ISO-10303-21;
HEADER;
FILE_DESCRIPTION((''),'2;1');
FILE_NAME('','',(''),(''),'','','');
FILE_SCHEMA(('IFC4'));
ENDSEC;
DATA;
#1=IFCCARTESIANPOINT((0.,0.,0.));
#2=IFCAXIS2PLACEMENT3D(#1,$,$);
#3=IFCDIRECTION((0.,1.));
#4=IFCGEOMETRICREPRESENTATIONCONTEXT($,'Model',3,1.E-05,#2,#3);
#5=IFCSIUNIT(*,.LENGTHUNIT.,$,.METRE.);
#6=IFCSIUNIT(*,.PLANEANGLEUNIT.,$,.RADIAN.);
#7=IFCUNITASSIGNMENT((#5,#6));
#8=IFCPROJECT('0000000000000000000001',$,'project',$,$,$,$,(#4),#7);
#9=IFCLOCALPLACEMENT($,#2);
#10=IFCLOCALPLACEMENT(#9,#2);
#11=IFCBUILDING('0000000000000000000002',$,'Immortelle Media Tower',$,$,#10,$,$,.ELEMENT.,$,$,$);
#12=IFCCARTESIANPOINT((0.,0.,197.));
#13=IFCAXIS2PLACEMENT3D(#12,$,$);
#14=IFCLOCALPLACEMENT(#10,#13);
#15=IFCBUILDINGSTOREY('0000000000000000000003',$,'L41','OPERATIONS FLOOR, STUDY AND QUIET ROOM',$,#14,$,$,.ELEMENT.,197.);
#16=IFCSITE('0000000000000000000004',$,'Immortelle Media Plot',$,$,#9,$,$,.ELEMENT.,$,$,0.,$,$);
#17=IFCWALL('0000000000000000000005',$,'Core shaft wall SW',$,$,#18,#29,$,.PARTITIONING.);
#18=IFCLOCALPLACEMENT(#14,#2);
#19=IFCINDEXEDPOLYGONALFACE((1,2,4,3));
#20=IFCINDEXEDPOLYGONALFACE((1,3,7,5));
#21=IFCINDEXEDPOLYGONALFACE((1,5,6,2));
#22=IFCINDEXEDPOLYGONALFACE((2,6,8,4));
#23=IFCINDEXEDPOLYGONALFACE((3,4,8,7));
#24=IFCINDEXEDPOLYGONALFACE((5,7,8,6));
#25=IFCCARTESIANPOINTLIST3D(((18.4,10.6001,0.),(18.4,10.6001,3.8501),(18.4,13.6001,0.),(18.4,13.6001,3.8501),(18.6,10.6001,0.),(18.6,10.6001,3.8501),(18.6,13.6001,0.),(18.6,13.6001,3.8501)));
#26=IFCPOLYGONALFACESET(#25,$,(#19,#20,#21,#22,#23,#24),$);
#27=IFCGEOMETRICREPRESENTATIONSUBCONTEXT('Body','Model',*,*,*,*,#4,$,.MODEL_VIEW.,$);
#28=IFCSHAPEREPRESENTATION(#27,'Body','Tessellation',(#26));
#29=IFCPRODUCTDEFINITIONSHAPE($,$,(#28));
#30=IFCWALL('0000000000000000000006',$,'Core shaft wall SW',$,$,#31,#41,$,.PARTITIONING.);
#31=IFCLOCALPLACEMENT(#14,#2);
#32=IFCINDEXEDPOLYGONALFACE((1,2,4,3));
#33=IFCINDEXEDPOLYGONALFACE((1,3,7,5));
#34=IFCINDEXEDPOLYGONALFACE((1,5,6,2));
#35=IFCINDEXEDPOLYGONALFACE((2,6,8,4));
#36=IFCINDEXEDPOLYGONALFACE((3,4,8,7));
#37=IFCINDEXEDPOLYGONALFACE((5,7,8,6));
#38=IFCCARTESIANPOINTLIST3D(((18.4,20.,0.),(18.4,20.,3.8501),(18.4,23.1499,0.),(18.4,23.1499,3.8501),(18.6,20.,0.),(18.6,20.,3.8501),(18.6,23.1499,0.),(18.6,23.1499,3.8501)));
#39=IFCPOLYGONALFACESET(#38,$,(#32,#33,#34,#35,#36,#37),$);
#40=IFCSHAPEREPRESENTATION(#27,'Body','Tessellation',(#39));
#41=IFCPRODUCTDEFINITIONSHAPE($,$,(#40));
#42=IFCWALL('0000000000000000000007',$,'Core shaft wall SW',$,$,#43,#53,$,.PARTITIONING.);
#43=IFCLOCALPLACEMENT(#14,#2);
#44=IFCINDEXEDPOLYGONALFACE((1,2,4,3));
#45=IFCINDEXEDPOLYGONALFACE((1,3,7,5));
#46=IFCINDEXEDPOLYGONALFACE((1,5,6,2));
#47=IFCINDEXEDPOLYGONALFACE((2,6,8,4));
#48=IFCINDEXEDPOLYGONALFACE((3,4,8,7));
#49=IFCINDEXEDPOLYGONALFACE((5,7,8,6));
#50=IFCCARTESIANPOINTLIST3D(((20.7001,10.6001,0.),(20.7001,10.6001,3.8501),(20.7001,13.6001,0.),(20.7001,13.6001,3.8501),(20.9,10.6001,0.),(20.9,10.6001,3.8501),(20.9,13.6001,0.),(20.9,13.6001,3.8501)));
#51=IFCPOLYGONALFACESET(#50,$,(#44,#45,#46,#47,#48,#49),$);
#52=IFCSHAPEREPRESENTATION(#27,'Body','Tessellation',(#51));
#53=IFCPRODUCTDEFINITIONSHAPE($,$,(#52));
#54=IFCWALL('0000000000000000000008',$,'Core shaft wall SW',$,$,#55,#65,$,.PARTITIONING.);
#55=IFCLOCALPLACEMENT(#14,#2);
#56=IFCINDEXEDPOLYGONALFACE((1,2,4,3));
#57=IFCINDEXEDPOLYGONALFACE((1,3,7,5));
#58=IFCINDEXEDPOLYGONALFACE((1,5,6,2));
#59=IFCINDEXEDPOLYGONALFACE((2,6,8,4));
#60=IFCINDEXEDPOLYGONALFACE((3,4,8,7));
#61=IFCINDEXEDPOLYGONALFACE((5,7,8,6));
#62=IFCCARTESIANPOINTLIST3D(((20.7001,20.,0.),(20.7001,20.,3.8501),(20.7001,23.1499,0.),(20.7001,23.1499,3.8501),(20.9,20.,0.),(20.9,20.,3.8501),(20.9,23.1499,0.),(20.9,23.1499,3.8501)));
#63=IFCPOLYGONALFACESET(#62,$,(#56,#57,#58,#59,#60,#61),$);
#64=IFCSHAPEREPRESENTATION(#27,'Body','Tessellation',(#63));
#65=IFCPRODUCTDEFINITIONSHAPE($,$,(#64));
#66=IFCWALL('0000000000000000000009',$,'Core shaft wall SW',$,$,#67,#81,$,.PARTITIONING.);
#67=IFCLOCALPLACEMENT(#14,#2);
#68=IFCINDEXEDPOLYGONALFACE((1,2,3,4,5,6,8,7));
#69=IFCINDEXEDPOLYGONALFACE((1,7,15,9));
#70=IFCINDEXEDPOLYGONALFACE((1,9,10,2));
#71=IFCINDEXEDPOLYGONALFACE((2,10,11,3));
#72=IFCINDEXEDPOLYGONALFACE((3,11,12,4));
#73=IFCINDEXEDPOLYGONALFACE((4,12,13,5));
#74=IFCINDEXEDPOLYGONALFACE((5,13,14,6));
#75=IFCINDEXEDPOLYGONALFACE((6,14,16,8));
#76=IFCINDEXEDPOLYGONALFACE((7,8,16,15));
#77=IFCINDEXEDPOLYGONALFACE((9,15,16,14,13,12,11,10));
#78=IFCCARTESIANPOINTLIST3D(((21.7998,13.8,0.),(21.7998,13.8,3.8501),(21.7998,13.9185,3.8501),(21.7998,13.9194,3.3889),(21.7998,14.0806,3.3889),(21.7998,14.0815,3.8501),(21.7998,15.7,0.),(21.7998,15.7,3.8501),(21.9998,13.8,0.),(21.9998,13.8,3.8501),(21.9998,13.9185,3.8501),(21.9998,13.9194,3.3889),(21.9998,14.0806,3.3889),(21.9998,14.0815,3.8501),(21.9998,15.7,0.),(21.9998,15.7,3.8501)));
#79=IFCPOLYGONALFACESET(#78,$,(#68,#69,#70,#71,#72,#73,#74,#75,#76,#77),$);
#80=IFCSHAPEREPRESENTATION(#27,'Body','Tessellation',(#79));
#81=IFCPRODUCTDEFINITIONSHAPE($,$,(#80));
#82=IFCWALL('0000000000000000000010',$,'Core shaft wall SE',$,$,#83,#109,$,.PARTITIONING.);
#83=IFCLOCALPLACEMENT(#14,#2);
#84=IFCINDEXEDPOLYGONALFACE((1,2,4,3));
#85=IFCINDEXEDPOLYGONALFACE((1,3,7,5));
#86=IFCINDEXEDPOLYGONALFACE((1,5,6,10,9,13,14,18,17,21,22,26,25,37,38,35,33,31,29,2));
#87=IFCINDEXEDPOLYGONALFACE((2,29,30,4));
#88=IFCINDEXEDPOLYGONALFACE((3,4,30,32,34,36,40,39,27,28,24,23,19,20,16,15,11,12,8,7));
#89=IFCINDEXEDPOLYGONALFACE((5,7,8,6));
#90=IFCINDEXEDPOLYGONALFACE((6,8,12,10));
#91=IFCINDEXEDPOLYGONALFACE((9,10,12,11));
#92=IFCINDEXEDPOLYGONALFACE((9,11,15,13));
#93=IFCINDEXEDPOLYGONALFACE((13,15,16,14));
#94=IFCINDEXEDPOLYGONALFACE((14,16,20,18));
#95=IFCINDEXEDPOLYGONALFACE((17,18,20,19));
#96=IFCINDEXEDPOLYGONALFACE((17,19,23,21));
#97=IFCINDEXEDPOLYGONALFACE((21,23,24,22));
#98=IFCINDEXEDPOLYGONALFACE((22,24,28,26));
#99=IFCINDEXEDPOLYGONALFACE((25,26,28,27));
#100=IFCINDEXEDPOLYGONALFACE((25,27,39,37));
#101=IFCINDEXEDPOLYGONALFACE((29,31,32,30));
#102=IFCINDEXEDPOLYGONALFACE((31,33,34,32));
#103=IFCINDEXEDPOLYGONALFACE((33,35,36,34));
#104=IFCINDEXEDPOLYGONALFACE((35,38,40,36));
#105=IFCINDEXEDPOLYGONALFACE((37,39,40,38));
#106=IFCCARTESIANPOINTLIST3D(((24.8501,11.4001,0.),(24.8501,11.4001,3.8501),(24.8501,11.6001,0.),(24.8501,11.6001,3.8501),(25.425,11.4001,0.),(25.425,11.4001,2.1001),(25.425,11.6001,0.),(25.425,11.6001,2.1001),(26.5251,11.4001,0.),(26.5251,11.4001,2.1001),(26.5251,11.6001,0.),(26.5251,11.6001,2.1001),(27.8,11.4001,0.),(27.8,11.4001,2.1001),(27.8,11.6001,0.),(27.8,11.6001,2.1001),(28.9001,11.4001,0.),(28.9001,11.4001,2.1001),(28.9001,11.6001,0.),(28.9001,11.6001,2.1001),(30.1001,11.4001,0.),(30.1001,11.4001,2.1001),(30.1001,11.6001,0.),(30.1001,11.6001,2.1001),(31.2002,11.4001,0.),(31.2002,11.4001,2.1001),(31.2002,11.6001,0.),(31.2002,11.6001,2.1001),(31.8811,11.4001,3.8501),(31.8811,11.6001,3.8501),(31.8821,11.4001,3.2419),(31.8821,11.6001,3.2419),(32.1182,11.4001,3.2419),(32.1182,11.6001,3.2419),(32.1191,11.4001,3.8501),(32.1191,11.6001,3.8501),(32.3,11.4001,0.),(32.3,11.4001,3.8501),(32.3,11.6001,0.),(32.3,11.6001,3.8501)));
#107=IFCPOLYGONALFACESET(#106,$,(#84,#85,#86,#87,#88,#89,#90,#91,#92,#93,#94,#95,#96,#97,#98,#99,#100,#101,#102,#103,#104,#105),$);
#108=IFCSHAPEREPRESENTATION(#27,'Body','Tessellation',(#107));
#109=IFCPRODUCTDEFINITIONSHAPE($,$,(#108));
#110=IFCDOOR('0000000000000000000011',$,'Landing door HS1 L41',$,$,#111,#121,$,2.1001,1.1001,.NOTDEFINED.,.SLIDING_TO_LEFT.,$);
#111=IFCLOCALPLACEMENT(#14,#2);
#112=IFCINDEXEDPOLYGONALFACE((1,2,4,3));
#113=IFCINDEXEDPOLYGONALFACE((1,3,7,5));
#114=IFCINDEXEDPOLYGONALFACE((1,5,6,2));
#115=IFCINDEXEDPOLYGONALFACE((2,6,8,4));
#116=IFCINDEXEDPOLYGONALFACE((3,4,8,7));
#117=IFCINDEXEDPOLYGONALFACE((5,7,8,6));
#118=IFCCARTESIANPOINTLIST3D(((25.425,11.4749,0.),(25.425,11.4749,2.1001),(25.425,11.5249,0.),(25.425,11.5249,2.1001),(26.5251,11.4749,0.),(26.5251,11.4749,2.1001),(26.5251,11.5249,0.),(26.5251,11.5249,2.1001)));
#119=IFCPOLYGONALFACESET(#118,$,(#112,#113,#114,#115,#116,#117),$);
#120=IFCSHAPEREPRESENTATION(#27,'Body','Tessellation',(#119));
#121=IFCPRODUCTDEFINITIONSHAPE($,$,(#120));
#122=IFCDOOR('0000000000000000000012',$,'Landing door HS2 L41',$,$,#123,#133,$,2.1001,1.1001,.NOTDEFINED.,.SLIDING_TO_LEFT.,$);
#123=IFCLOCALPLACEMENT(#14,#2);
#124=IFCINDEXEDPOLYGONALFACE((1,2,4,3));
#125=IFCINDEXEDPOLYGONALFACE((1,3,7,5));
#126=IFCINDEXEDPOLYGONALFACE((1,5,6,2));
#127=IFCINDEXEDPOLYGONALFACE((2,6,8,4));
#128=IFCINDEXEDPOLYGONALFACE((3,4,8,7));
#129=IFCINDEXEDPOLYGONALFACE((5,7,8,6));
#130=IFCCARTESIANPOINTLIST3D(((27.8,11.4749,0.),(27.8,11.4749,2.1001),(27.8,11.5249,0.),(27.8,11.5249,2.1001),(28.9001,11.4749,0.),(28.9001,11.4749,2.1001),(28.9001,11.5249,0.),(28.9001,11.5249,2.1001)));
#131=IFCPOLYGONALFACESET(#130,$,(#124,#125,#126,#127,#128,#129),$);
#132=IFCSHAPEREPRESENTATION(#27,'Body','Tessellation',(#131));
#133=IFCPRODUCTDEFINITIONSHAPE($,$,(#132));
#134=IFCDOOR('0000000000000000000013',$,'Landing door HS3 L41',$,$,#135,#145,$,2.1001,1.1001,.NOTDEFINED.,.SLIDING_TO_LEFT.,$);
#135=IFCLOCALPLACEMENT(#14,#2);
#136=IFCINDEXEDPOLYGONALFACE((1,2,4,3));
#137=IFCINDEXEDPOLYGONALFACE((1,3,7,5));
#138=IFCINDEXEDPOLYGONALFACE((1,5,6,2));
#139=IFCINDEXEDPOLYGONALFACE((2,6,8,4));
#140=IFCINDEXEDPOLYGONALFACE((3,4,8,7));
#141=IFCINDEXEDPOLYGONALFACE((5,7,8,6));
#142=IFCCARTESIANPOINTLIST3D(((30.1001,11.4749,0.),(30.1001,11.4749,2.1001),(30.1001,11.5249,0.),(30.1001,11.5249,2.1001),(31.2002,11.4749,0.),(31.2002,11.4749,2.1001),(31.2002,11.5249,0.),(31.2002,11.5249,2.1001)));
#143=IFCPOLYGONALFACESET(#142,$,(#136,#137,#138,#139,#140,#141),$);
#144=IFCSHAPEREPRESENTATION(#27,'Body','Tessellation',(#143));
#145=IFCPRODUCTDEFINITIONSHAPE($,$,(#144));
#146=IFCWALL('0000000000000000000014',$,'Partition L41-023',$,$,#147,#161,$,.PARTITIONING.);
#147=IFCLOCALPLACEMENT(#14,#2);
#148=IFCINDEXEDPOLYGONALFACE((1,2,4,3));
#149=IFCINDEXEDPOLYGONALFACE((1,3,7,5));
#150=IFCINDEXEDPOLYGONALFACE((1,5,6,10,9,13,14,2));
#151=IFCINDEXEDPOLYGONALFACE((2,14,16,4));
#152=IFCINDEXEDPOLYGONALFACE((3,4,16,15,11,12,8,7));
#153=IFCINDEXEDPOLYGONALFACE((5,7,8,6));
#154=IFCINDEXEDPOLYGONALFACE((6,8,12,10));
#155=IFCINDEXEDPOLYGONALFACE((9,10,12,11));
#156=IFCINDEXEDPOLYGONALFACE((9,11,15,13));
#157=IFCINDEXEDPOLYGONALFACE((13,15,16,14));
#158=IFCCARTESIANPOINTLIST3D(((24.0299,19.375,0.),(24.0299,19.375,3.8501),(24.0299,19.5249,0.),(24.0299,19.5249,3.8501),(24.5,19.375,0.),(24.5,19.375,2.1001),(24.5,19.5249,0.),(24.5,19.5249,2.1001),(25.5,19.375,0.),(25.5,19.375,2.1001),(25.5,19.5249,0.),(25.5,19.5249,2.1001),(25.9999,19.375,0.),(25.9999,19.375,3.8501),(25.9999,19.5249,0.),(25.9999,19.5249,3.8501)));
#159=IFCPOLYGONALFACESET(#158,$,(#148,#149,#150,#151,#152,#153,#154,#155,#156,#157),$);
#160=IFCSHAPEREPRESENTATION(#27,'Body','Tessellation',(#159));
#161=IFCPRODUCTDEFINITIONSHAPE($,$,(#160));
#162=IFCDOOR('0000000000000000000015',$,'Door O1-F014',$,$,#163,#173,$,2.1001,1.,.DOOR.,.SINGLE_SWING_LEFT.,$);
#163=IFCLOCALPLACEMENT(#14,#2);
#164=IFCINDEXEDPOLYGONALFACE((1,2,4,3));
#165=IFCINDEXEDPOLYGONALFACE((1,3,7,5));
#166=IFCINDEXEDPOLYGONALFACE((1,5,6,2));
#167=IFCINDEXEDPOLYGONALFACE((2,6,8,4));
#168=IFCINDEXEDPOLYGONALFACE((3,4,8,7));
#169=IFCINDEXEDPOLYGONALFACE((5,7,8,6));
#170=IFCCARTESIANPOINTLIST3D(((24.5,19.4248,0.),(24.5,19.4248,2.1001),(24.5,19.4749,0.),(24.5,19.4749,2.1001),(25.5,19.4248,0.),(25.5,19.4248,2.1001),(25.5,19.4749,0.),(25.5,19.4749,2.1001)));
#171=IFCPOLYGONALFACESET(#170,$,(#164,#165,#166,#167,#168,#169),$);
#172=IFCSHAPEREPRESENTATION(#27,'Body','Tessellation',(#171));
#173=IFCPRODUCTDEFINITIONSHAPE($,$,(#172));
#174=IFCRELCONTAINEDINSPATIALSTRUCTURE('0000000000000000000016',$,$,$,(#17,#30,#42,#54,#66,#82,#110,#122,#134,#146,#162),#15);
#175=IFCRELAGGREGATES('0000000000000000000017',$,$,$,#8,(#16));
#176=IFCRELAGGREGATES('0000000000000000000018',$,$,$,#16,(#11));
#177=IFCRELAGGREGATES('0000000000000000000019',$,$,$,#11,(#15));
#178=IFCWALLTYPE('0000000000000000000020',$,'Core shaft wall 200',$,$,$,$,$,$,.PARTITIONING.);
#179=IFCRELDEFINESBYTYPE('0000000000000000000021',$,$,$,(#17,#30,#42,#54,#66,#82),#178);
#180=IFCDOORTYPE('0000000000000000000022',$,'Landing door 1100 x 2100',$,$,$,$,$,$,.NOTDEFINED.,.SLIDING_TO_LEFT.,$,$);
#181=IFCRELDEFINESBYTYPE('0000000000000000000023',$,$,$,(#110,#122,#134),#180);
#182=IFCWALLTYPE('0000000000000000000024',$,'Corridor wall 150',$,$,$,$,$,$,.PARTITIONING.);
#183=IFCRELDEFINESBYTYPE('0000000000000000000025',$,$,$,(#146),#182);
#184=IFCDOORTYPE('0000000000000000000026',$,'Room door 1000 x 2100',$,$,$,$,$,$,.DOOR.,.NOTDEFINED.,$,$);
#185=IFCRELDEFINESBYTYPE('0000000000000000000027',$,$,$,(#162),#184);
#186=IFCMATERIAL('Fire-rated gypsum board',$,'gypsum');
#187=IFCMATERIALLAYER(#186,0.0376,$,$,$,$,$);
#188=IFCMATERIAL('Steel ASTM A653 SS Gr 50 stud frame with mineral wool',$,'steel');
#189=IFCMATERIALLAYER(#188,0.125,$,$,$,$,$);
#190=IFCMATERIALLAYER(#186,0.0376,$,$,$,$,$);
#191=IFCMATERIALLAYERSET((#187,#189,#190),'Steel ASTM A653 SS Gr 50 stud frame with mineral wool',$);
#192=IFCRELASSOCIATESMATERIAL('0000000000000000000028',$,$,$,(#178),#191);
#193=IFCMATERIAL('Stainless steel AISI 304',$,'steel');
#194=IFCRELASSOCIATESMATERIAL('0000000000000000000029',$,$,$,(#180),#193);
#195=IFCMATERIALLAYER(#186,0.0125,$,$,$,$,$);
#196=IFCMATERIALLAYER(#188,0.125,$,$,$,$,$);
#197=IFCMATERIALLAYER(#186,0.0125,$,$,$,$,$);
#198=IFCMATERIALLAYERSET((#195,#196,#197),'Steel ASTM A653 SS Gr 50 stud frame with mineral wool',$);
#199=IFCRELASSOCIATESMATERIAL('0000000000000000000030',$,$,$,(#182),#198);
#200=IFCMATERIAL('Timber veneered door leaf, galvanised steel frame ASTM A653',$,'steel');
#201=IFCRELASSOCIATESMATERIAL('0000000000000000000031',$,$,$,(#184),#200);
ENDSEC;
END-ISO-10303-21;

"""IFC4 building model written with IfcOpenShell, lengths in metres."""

from ifc_helpers import new_model, si_unit, direction, frame, frame_2d, origin, place, context, subcontext, project, spatial, polyline, rectangle, outline, extrude, material, layer, layer_set, type_object, element, fill, save


model = new_model("IFC4")

# Units and contexts
model_context = context("Model", 3, precision=1e-05, world=origin(), true_north=direction((0.0, 1.0)))
body_context = subcontext(model_context, "Body", "Model", "MODEL_VIEW")
ifc_project = project(units=[si_unit("LENGTHUNIT", "METRE"), si_unit("PLANEANGLEUNIT", "RADIAN")], contexts=[model_context])

# Site, building, storey
site_placement = place(None, origin())
site = spatial("IfcSite", under=ifc_project, at=site_placement, Name="Immortelle Media Plot", CompositionType="ELEMENT", RefElevation=0.0)
building_placement = place(site_placement, origin())
building = spatial("IfcBuilding", under=site, at=building_placement, Name="Immortelle Media Tower", CompositionType="ELEMENT")
storey_placement = place(building_placement, frame((0.0, 0.0, 197.0)))
storey = spatial("IfcBuildingStorey", under=building, at=storey_placement, Name="L41", Description="OPERATIONS FLOOR, STUDY AND QUIET ROOM", CompositionType="ELEMENT", Elevation=197.0)

# Walls
ifc_material_1 = material(Name="Fire-rated gypsum board", Category="gypsum")
ifc_material_2 = material(Name="Steel ASTM A653 SS Gr 50 stud frame with mineral wool", Category="steel")
ifc_layer_1 = layer(ifc_material_1, 0.0376)
ifc_layer_2 = layer(ifc_material_2, 0.125)
ifc_layer_3 = layer(ifc_material_1, 0.0376)
ifc_layer_set_1 = layer_set([ifc_layer_1, ifc_layer_2, ifc_layer_3], Name="Steel ASTM A653 SS Gr 50 stud frame with mineral wool")
wall_type_1 = type_object("IfcWallType", Name="Core shaft wall 200", PredefinedType="PARTITIONING", material=ifc_layer_set_1)
wall_1_placement = place(storey_placement, frame((18.5, 10.6001, 0.0), z_axis=(0.0, 0.0, 1.0), x_axis=(0.0, 1.0, 0.0)))
element("IfcWall", 1, at=wall_1_placement, inside=storey, type_object=wall_type_1, Name="Core shaft wall SW", PredefinedType="PARTITIONING", context=body_context, shape_type="SweptSolid", body=[
    extrude(rectangle(XDim=3.0, YDim=0.2, at=frame_2d((1.5, 0.0))), origin(), (0.0, 0.0, 1.0), 3.8501),
])
wall_2_placement = place(storey_placement, frame((18.5, 20.0, 0.0), z_axis=(0.0, 0.0, 1.0), x_axis=(0.0, 1.0, 0.0)))
element("IfcWall", 2, at=wall_2_placement, inside=storey, type_object=wall_type_1, Name="Core shaft wall SW", PredefinedType="PARTITIONING", context=body_context, shape_type="SweptSolid", body=[
    extrude(rectangle(XDim=3.1499, YDim=0.2, at=frame_2d((1.575, 0.0))), origin(), (0.0, 0.0, 1.0), 3.8501),
])
wall_3_placement = place(storey_placement, frame((20.8, 10.6001, 0.0), z_axis=(0.0, 0.0, 1.0), x_axis=(0.0, 1.0, 0.0)))
element("IfcWall", 3, at=wall_3_placement, inside=storey, type_object=wall_type_1, Name="Core shaft wall SW", PredefinedType="PARTITIONING", context=body_context, shape_type="SweptSolid", body=[
    extrude(rectangle(XDim=3.0, YDim=0.2, at=frame_2d((1.5, 0.0))), origin(), (0.0, 0.0, 1.0), 3.8501),
])
wall_4_placement = place(storey_placement, frame((20.8, 20.0, 0.0), z_axis=(0.0, 0.0, 1.0), x_axis=(0.0, 1.0, 0.0)))
element("IfcWall", 4, at=wall_4_placement, inside=storey, type_object=wall_type_1, Name="Core shaft wall SW", PredefinedType="PARTITIONING", context=body_context, shape_type="SweptSolid", body=[
    extrude(rectangle(XDim=3.1499, YDim=0.2, at=frame_2d((1.575, 0.0))), origin(), (0.0, 0.0, 1.0), 3.8501),
])
wall_5_placement = place(storey_placement, frame((21.8999, 13.8, 0.0), z_axis=(0.0, 0.0, 1.0), x_axis=(0.0, 1.0, 0.0)))
element("IfcWall", 5, at=wall_5_placement, inside=storey, type_object=wall_type_1, Name="Core shaft wall SW", PredefinedType="PARTITIONING", context=body_context, shape_type="SweptSolid", body=[
    extrude(outline(polyline([(0.0, 0.0), (1.8999, 0.0), (1.8999, 3.8501), (0.2815, 3.8501), (0.2805, 3.3889), (0.1194, 3.3889), (0.1184, 3.8501), (0.0, 3.8501), (0.0, 0.0)])), frame((0.0, 0.1001, 0.0), z_axis=(0.0, -1.0, 0.0), x_axis=(1.0, 0.0, 0.0)), (0.0, 0.0, 1.0), 0.2),
])

# Wall, openings, doors
wall_6_placement = place(storey_placement, frame((24.8501, 11.5, 0.0), z_axis=(0.0, 0.0, 1.0), x_axis=(1.0, 0.0, 0.0)))
wall_6 = element("IfcWall", 6, at=wall_6_placement, inside=storey, type_object=wall_type_1, Name="Core shaft wall SE", PredefinedType="PARTITIONING", context=body_context, shape_type="SweptSolid", body=[
    extrude(outline(polyline([(0.0, 0.0), (7.45, 0.0), (7.45, 3.8501), (7.269, 3.8501), (7.2681, 3.2419), (7.032, 3.2419), (7.031, 3.8501), (0.0, 3.8501), (0.0, 0.0)])), frame((0.0, 0.1001, 0.0), z_axis=(0.0, -1.0, 0.0), x_axis=(1.0, 0.0, 0.0)), (0.0, 0.0, 1.0), 0.2),
])
opening_1_placement = place(wall_6_placement, frame((0.575, 0.0, 0.0)))
opening_1 = element("IfcOpeningElement", 7, at=opening_1_placement, cuts=wall_6, PredefinedType="OPENING", context=body_context, shape_type="SweptSolid", body=[
    extrude(rectangle(XDim=1.1001, YDim=2.1001, at=frame_2d((0.55, 1.05))), frame((0.0, 0.1099, 0.0), z_axis=(0.0, -1.0, 0.0), x_axis=(1.0, 0.0, 0.0)), (0.0, 0.0, 1.0), 0.22),
])
opening_2_placement = place(wall_6_placement, frame((2.95, 0.0, 0.0)))
opening_2 = element("IfcOpeningElement", 8, at=opening_2_placement, cuts=wall_6, PredefinedType="OPENING", context=body_context, shape_type="SweptSolid", body=[
    extrude(rectangle(XDim=1.1001, YDim=2.1001, at=frame_2d((0.55, 1.05))), frame((0.0, 0.1099, 0.0), z_axis=(0.0, -1.0, 0.0), x_axis=(1.0, 0.0, 0.0)), (0.0, 0.0, 1.0), 0.22),
])
opening_3_placement = place(wall_6_placement, frame((5.25, 0.0, 0.0)))
opening_3 = element("IfcOpeningElement", 9, at=opening_3_placement, cuts=wall_6, PredefinedType="OPENING", context=body_context, shape_type="SweptSolid", body=[
    extrude(rectangle(XDim=1.1001, YDim=2.1001, at=frame_2d((0.55, 1.05))), frame((0.0, 0.1099, 0.0), z_axis=(0.0, -1.0, 0.0), x_axis=(1.0, 0.0, 0.0)), (0.0, 0.0, 1.0), 0.22),
])
ifc_material_3 = material(Name="Stainless steel AISI 304", Category="steel")
door_type_1 = type_object("IfcDoorType", Name="Landing door 1100 x 2100", OperationType="SLIDING_TO_LEFT", PredefinedType="NOTDEFINED", material=ifc_material_3)
door_1_placement = place(opening_1_placement, origin())
door_1 = element("IfcDoor", 10, at=door_1_placement, inside=storey, type_object=door_type_1, Name="Landing door HS1 L41", OperationType="SLIDING_TO_LEFT", OverallHeight=2.1001, OverallWidth=1.1001, PredefinedType="NOTDEFINED", context=body_context, shape_type="SweptSolid", body=[
    extrude(rectangle(XDim=1.1001, YDim=2.1001, at=frame_2d((0.55, 1.05))), frame((0.0, 0.0249, 0.0), z_axis=(0.0, -1.0, 0.0), x_axis=(1.0, 0.0, 0.0)), (0.0, 0.0, 1.0), 0.05),
])
fill(opening_1, door_1)
door_2_placement = place(opening_2_placement, origin())
door_2 = element("IfcDoor", 11, at=door_2_placement, inside=storey, type_object=door_type_1, Name="Landing door HS2 L41", OperationType="SLIDING_TO_LEFT", OverallHeight=2.1001, OverallWidth=1.1001, PredefinedType="NOTDEFINED", context=body_context, shape_type="SweptSolid", body=[
    extrude(rectangle(XDim=1.1001, YDim=2.1001, at=frame_2d((0.55, 1.05))), frame((0.0, 0.0249, 0.0), z_axis=(0.0, -1.0, 0.0), x_axis=(1.0, 0.0, 0.0)), (0.0, 0.0, 1.0), 0.05),
])
fill(opening_2, door_2)
door_3_placement = place(opening_3_placement, origin())
door_3 = element("IfcDoor", 12, at=door_3_placement, inside=storey, type_object=door_type_1, Name="Landing door HS3 L41", OperationType="SLIDING_TO_LEFT", OverallHeight=2.1001, OverallWidth=1.1001, PredefinedType="NOTDEFINED", context=body_context, shape_type="SweptSolid", body=[
    extrude(rectangle(XDim=1.1001, YDim=2.1001, at=frame_2d((0.55, 1.05))), frame((0.0, 0.0249, 0.0), z_axis=(0.0, -1.0, 0.0), x_axis=(1.0, 0.0, 0.0)), (0.0, 0.0, 1.0), 0.05),
])
fill(opening_3, door_3)

# Wall, opening, door
ifc_layer_4 = layer(ifc_material_1, 0.0125)
ifc_layer_5 = layer(ifc_material_2, 0.125)
ifc_layer_6 = layer(ifc_material_1, 0.0125)
ifc_layer_set_2 = layer_set([ifc_layer_4, ifc_layer_5, ifc_layer_6], Name="Steel ASTM A653 SS Gr 50 stud frame with mineral wool")
wall_type_2 = type_object("IfcWallType", Name="Corridor wall 150", PredefinedType="PARTITIONING", material=ifc_layer_set_2)
wall_7_placement = place(storey_placement, frame((24.03, 19.45, 0.0), z_axis=(0.0, 0.0, 1.0), x_axis=(1.0, 0.0, 0.0)))
wall_7 = element("IfcWall", 13, at=wall_7_placement, inside=storey, type_object=wall_type_2, Name="Partition L41-023", PredefinedType="PARTITIONING", context=body_context, shape_type="SweptSolid", body=[
    extrude(rectangle(XDim=1.97, YDim=0.1499, at=frame_2d((0.9849, 0.0))), origin(), (0.0, 0.0, 1.0), 3.8501),
])
opening_4_placement = place(wall_7_placement, frame((0.47, 0.0, 0.0)))
opening_4 = element("IfcOpeningElement", 14, at=opening_4_placement, cuts=wall_7, PredefinedType="OPENING", context=body_context, shape_type="SweptSolid", body=[
    extrude(rectangle(XDim=1.0, YDim=2.1001, at=frame_2d((0.5, 1.05))), frame((0.0, 0.085, 0.0), z_axis=(0.0, -1.0, 0.0), x_axis=(1.0, 0.0, 0.0)), (0.0, 0.0, 1.0), 0.1699),
])
ifc_material_4 = material(Name="Timber veneered door leaf, galvanised steel frame ASTM A653", Category="steel")
door_type_2 = type_object("IfcDoorType", Name="Room door 1000 x 2100", OperationType="NOTDEFINED", PredefinedType="DOOR", material=ifc_material_4)
door_4_placement = place(opening_4_placement, origin())
door_4 = element("IfcDoor", 15, at=door_4_placement, inside=storey, type_object=door_type_2, Name="Door O1-F014", OperationType="SINGLE_SWING_LEFT", OverallHeight=2.1001, OverallWidth=1.0, PredefinedType="DOOR", context=body_context, shape_type="SweptSolid", body=[
    extrude(rectangle(XDim=1.0, YDim=2.1001, at=frame_2d((0.5, 1.05))), frame((0.0, 0.0249, 0.0), z_axis=(0.0, -1.0, 0.0), x_axis=(1.0, 0.0, 0.0)), (0.0, 0.0, 1.0), 0.05),
])
fill(opening_4, door_4)

save(model, "model.ifc")
